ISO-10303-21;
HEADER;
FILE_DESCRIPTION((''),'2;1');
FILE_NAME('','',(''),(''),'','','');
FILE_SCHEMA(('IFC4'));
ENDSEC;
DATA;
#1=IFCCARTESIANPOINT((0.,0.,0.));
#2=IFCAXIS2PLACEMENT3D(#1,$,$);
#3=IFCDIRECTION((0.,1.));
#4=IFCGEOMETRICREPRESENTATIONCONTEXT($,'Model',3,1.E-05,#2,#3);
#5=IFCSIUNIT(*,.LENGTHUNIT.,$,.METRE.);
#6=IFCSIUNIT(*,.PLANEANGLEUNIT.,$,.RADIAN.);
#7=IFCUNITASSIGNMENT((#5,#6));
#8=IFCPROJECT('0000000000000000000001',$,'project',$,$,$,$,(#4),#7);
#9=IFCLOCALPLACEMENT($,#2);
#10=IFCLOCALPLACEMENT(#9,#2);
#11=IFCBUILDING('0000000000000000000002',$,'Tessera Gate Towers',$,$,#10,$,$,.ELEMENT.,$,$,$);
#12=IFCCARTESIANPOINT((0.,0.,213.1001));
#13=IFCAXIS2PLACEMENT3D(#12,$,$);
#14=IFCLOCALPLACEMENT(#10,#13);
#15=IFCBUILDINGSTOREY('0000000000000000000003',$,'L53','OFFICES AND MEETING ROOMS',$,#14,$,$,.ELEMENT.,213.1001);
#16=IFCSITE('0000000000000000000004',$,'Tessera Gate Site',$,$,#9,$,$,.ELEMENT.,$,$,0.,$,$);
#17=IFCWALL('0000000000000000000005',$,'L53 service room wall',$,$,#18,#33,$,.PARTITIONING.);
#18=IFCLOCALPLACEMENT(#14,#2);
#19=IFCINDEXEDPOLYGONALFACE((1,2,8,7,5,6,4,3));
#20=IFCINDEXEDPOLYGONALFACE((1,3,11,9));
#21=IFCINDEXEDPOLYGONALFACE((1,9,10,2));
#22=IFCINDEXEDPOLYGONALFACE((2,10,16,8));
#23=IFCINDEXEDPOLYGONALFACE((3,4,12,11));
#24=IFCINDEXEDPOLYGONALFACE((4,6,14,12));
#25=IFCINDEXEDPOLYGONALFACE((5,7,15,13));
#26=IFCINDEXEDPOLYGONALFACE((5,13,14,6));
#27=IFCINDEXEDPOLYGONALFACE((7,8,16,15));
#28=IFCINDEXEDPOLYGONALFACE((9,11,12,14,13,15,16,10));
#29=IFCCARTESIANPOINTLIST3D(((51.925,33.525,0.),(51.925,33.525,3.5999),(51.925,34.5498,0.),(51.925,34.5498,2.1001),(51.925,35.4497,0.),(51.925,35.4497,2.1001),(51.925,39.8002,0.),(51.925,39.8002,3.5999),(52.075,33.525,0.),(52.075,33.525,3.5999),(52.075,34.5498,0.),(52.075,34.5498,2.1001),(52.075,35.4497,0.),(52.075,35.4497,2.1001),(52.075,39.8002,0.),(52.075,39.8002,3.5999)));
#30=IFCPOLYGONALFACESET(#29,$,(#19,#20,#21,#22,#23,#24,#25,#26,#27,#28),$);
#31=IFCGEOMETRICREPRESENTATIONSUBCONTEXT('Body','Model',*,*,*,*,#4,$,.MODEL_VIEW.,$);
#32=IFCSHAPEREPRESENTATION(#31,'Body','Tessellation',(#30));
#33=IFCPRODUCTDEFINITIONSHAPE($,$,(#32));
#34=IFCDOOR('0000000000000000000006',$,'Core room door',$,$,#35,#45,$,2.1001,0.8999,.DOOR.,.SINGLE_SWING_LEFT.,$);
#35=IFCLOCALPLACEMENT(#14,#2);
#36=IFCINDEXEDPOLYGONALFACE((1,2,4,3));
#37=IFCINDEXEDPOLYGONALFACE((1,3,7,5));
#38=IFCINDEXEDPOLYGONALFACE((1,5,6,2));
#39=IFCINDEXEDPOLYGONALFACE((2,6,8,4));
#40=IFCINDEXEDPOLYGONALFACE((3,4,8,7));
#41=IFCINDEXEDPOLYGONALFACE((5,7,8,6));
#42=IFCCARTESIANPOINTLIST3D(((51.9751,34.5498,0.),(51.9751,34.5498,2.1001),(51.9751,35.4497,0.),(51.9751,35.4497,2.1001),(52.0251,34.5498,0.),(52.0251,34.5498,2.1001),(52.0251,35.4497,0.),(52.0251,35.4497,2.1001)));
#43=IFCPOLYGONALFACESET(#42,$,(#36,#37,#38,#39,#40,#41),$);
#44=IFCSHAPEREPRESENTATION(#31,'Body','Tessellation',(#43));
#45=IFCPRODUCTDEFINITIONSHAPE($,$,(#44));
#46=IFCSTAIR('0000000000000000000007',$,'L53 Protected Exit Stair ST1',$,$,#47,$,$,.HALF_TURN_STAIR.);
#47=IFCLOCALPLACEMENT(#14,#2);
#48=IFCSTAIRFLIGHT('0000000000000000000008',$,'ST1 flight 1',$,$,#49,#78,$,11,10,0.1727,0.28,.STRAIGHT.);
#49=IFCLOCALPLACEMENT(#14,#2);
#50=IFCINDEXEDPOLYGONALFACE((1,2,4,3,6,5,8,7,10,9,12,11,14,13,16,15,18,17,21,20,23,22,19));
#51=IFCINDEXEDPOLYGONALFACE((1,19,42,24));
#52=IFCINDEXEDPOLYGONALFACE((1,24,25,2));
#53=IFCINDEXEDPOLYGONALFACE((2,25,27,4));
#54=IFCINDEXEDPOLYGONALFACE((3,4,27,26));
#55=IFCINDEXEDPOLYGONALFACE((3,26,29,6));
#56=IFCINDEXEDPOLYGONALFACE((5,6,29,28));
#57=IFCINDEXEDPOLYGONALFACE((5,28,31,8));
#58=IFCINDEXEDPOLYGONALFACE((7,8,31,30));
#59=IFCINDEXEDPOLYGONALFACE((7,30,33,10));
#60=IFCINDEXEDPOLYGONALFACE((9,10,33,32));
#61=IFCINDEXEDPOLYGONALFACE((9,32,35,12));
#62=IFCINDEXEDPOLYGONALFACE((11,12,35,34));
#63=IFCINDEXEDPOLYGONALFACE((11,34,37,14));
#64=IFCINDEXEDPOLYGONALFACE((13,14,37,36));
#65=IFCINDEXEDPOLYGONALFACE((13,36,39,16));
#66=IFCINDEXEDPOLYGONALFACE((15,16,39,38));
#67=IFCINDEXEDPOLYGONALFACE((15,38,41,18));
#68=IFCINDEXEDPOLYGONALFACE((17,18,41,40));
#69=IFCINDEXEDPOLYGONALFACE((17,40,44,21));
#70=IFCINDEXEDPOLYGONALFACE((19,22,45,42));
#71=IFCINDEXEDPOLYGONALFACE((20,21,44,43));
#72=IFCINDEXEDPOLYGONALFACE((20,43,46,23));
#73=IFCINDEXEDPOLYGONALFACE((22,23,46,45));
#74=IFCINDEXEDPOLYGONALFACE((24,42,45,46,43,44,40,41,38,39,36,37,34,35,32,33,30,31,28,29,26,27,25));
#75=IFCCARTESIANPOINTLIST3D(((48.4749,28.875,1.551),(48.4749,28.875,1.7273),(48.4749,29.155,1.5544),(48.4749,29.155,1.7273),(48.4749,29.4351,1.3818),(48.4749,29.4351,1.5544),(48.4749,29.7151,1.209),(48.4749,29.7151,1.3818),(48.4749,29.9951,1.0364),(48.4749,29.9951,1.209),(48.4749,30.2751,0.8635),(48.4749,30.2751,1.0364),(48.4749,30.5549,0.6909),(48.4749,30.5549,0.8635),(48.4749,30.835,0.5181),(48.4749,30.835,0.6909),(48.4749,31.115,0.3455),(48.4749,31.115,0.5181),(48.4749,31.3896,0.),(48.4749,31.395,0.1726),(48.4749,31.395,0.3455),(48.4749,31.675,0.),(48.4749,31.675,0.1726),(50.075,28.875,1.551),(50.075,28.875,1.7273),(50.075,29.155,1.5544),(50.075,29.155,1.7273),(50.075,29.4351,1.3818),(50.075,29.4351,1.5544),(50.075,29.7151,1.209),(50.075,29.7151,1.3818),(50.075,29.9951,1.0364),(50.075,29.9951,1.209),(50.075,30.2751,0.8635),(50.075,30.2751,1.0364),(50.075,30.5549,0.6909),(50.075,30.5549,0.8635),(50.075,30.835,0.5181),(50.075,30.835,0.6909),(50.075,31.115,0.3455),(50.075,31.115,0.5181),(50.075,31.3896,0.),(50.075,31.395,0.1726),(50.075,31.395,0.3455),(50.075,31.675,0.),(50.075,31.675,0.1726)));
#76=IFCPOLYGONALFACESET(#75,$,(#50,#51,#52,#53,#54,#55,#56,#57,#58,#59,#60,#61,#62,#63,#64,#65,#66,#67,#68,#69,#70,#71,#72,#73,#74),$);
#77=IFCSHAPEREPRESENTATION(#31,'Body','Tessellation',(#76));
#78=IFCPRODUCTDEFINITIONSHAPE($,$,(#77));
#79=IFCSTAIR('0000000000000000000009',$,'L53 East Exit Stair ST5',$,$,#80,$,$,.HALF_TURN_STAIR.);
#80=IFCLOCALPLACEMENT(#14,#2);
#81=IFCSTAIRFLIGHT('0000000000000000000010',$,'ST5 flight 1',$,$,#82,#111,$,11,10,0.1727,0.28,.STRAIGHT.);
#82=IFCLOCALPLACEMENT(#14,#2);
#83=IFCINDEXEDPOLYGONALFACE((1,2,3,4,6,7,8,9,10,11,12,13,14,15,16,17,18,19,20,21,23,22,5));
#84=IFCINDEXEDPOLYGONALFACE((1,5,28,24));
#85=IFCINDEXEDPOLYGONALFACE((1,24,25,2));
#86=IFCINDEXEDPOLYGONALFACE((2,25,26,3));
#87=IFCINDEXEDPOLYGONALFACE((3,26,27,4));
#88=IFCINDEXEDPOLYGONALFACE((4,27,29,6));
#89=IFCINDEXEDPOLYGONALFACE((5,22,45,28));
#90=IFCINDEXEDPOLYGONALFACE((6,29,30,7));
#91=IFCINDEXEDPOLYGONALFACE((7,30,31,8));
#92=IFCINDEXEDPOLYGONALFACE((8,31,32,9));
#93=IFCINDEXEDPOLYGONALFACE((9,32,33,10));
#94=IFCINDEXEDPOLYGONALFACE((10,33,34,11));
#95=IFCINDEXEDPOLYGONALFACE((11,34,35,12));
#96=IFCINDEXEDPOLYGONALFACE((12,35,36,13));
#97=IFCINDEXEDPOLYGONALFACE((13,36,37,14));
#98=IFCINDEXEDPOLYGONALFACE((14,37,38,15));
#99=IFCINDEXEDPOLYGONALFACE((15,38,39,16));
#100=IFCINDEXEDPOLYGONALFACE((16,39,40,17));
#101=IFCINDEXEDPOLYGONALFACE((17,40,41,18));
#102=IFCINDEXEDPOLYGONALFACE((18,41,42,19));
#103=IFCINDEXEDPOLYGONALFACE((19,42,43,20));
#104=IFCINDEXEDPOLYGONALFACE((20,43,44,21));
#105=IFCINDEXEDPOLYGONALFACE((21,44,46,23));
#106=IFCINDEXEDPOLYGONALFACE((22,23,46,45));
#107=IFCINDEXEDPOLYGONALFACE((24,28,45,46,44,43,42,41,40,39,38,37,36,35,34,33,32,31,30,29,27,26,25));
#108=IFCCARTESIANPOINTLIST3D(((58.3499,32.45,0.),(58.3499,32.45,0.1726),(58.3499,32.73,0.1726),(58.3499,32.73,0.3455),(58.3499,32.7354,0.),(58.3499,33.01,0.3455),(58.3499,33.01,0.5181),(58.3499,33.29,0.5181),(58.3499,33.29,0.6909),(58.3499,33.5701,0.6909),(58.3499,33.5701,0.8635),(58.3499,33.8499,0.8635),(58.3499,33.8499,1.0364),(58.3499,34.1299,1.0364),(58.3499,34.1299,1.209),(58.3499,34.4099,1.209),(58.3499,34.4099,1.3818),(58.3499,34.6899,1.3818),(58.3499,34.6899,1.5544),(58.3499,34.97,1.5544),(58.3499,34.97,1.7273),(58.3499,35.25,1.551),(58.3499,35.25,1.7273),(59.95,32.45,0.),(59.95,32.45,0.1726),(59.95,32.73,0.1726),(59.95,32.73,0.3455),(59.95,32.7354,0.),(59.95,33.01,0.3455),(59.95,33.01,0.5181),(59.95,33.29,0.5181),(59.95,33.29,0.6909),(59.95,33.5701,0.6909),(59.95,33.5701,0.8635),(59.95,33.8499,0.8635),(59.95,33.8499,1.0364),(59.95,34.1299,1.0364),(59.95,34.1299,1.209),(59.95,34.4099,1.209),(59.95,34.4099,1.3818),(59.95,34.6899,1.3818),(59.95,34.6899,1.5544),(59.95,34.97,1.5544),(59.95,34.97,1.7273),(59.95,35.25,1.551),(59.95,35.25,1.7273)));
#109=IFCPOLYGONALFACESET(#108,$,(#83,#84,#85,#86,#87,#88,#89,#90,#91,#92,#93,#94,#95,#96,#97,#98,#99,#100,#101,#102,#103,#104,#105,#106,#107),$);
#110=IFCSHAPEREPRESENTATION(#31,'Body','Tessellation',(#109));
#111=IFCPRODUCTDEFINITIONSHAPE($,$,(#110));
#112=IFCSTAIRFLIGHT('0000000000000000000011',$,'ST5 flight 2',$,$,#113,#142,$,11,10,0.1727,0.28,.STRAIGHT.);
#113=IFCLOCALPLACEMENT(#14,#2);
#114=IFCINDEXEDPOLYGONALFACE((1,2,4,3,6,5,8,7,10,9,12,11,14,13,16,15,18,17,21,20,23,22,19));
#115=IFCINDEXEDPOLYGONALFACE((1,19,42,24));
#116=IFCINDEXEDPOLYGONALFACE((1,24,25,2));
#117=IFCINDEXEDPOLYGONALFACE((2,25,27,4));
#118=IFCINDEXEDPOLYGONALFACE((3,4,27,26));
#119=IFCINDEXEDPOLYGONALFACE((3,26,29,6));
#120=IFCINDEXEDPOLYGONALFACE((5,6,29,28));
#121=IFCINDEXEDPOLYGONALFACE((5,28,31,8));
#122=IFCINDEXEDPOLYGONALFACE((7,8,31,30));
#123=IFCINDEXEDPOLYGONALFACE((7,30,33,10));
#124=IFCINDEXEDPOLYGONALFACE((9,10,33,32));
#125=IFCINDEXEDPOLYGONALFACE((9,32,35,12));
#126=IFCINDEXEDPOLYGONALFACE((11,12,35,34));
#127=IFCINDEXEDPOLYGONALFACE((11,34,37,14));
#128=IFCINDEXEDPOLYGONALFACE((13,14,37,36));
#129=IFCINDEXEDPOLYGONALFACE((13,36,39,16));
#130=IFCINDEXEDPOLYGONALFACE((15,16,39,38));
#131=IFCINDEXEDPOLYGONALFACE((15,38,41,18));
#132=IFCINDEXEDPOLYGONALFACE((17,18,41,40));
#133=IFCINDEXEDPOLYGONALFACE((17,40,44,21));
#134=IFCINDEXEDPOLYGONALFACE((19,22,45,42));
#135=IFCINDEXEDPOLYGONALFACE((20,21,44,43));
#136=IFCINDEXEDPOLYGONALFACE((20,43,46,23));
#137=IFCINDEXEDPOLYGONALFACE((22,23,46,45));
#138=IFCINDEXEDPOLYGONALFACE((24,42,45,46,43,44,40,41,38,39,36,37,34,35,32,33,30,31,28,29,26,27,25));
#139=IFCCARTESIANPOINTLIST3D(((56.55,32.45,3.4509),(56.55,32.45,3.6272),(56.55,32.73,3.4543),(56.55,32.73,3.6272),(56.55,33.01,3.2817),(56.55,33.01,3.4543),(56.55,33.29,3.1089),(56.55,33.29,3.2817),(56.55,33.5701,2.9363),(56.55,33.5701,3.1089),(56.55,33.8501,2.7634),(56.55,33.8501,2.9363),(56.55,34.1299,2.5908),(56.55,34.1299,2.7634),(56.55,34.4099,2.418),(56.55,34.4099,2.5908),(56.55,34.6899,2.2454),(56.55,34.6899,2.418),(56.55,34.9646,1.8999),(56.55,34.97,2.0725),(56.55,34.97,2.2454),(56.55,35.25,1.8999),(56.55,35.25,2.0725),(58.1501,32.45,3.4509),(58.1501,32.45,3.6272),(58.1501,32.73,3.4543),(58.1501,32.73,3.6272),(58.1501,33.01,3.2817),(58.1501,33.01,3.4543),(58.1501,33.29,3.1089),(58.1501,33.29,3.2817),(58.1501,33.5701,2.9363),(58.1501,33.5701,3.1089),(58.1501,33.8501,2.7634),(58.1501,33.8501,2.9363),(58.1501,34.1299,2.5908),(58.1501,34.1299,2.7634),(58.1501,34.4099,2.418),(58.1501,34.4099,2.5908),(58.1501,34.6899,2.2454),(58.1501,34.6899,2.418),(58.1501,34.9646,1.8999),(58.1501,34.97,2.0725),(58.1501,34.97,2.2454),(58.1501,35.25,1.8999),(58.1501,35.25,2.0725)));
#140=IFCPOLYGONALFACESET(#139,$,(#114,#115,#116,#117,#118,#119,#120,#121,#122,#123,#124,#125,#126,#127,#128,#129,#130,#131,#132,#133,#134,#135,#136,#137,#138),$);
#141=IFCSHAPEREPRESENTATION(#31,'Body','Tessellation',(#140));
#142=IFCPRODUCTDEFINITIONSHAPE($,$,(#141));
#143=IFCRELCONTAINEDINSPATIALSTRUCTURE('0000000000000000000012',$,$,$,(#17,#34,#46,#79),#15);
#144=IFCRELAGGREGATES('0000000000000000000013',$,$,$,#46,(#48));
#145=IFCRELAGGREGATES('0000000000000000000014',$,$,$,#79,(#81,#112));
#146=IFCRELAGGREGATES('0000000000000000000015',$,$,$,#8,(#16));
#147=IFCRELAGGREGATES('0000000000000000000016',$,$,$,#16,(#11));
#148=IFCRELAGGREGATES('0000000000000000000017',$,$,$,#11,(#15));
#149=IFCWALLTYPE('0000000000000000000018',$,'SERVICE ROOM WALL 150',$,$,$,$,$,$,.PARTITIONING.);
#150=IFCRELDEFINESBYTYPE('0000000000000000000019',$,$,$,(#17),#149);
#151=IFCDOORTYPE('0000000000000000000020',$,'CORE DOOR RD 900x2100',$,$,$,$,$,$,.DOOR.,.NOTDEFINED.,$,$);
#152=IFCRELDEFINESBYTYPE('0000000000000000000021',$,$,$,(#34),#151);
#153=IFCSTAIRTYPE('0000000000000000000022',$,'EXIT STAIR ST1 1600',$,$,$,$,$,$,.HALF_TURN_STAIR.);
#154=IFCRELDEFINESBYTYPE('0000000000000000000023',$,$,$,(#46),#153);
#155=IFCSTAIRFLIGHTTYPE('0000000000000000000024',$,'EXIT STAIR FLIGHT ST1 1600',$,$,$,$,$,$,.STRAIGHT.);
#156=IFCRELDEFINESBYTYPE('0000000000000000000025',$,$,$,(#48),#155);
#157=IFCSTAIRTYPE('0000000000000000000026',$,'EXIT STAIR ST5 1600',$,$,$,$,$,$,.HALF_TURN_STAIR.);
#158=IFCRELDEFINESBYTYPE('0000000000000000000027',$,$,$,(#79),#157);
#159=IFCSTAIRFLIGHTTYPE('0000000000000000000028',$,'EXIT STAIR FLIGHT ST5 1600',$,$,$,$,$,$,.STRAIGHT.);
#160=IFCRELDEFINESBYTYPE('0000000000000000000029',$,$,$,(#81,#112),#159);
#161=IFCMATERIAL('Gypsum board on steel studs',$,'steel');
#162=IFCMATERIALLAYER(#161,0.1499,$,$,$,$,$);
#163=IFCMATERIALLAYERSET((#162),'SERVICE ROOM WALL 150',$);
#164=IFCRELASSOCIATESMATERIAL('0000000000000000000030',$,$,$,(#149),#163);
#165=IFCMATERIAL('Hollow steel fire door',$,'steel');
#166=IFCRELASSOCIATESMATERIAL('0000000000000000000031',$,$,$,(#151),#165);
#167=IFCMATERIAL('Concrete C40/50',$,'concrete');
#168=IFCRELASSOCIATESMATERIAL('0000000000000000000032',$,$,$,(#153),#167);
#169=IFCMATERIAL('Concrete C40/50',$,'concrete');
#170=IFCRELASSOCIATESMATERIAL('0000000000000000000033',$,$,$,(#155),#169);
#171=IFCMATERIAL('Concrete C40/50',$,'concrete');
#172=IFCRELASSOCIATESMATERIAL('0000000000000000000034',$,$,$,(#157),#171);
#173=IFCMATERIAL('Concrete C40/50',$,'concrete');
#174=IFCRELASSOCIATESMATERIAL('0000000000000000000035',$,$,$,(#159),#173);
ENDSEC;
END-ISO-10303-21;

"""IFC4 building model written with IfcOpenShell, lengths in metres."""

from ifc_helpers import new_model, si_unit, direction, frame, frame_2d, origin, place, context, subcontext, project, spatial, polyline, rectangle, outline, extrude, source, transform, mapped, material, layer, layer_set, type_object, element, fill, aggregate, save


model = new_model("IFC4")

# Units and contexts
model_context = context("Model", 3, precision=1e-05, world=origin(), true_north=direction((0.0, 1.0)))
body_context = subcontext(model_context, "Body", "Model", "MODEL_VIEW")
ifc_project = project(units=[si_unit("LENGTHUNIT", "METRE"), si_unit("PLANEANGLEUNIT", "RADIAN")], contexts=[model_context])

# Site, building, storey
site_placement = place(None, origin())
site = spatial("IfcSite", under=ifc_project, at=site_placement, Name="Tessera Gate Site", CompositionType="ELEMENT", RefElevation=0.0)
building_placement = place(site_placement, origin())
building = spatial("IfcBuilding", under=site, at=building_placement, Name="Tessera Gate Towers", CompositionType="ELEMENT")
storey_placement = place(building_placement, frame((0.0, 0.0, 213.1001)))
storey = spatial("IfcBuildingStorey", under=building, at=storey_placement, Name="L53", Description="OFFICES AND MEETING ROOMS", CompositionType="ELEMENT", Elevation=213.1001)

# Wall, opening, door
shared_shape_1 = source(origin(), body_context, "Body", "SweptSolid", [
    extrude(rectangle(XDim=0.8999, YDim=2.1001, at=frame_2d((0.45, 1.05))), frame((0.0, 0.085, 0.0), z_axis=(0.0, -1.0, 0.0), x_axis=(1.0, 0.0, 0.0)), (0.0, 0.0, 1.0), 0.1699),
])
shared_shape_2 = source(origin(), body_context, "Body", "SweptSolid", [
    extrude(rectangle(XDim=0.8999, YDim=2.1001, at=frame_2d((0.45, 1.05))), frame((0.0, 0.0249, 0.0), z_axis=(0.0, -1.0, 0.0), x_axis=(1.0, 0.0, 0.0)), (0.0, 0.0, 1.0), 0.05),
])
ifc_material_1 = material(Name="Gypsum board on steel studs", Category="steel")
ifc_layer_1 = layer(ifc_material_1, 0.1499)
ifc_layer_set_1 = layer_set([ifc_layer_1], Name="SERVICE ROOM WALL 150")
wall_type_1 = type_object("IfcWallType", Name="SERVICE ROOM WALL 150", PredefinedType="PARTITIONING", material=ifc_layer_set_1)
wall_1_placement = place(storey_placement, frame((52.0, 33.5249, 0.0), z_axis=(0.0, 0.0, 1.0), x_axis=(0.0, 1.0, 0.0)))
wall_1 = element("IfcWall", 1, at=wall_1_placement, inside=storey, type_object=wall_type_1, Name="L53 service room wall", PredefinedType="PARTITIONING", context=body_context, shape_type="SweptSolid", body=[
    extrude(rectangle(XDim=6.2751, YDim=0.1499, at=frame_2d((3.1377, 0.0))), origin(), (0.0, 0.0, 1.0), 3.5999),
])
opening_1_placement = place(wall_1_placement, frame((1.0249, 0.0, 0.0)))
opening_1 = element("IfcOpeningElement", 2, at=opening_1_placement, cuts=wall_1, PredefinedType="OPENING", context=body_context, shape_type="MappedRepresentation", body=[
    mapped(shared_shape_1, transform((0.0, 0.0, 0.0), scale=1.0)),
])
ifc_material_2 = material(Name="Hollow steel fire door", Category="steel")
door_type_1 = type_object("IfcDoorType", Name="CORE DOOR RD 900x2100", OperationType="NOTDEFINED", PredefinedType="DOOR", material=ifc_material_2)
door_1_placement = place(opening_1_placement, origin())
door_1 = element("IfcDoor", 3, at=door_1_placement, inside=storey, type_object=door_type_1, Name="Core room door", OperationType="SINGLE_SWING_LEFT", OverallHeight=2.1001, OverallWidth=0.8999, PredefinedType="DOOR", context=body_context, shape_type="MappedRepresentation", body=[
    mapped(shared_shape_2, transform((0.0, 0.0, 0.0), scale=1.0)),
])
fill(opening_1, door_1)

# Stair, stair flight
ifc_material_3 = material(Name="Concrete C40/50", Category="concrete")
stair_type_1 = type_object("IfcStairType", Name="EXIT STAIR ST1 1600", PredefinedType="HALF_TURN_STAIR", material=ifc_material_3)
stair_1_placement = place(storey_placement, origin())
stair_1 = element("IfcStair", 4, at=stair_1_placement, inside=storey, type_object=stair_type_1, Name="L53 Protected Exit Stair ST1", PredefinedType="HALF_TURN_STAIR")
ifc_material_4 = material(Name="Concrete C40/50", Category="concrete")
stair_flight_type_1 = type_object("IfcStairFlightType", Name="EXIT STAIR FLIGHT ST1 1600", PredefinedType="STRAIGHT", material=ifc_material_4)
stair_flight_1_placement = place(storey_placement, frame((49.2749, 31.675, 0.0), z_axis=(0.0, 0.0, 1.0), x_axis=(0.0, -1.0, 0.0)))
stair_flight_1 = element("IfcStairFlight", 5, at=stair_flight_1_placement, type_object=stair_flight_type_1, Name="ST1 flight 1", NumberOfRisers=11, NumberOfTreads=10, PredefinedType="STRAIGHT", RiserHeight=0.1727, TreadLength=0.28, context=body_context, shape_type="SweptSolid", body=[
    extrude(outline(polyline([(0.0, 0.0), (0.0, 0.1726), (0.28, 0.1726), (0.28, 0.3455), (0.5601, 0.3455), (0.5601, 0.5181), (0.8401, 0.5181), (0.8401, 0.6909), (1.1201, 0.6909), (1.1201, 0.8635), (1.3999, 0.8635), (1.3999, 1.0364), (1.6799, 1.0364), (1.6799, 1.209), (1.96, 1.209), (1.96, 1.3818), (2.24, 1.3818), (2.24, 1.5544), (2.52, 1.5544), (2.52, 1.7273), (2.8, 1.7273), (2.8, 1.8999), (2.8, 1.551), (0.2854, 0.0), (0.0, 0.0)])), frame((0.0, 0.8, 0.0), z_axis=(0.0, -1.0, 0.0), x_axis=(1.0, 0.0, 0.0)), (0.0, 0.0, 1.0), 1.6001),
])
aggregate(stair_1, [stair_flight_1])

# Stair, stair flights
ifc_material_5 = material(Name="Concrete C40/50", Category="concrete")
stair_type_2 = type_object("IfcStairType", Name="EXIT STAIR ST5 1600", PredefinedType="HALF_TURN_STAIR", material=ifc_material_5)
stair_2_placement = place(storey_placement, origin())
stair_2 = element("IfcStair", 6, at=stair_2_placement, inside=storey, type_object=stair_type_2, Name="L53 East Exit Stair ST5", PredefinedType="HALF_TURN_STAIR")
ifc_material_6 = material(Name="Concrete C40/50", Category="concrete")
stair_flight_type_2 = type_object("IfcStairFlightType", Name="EXIT STAIR FLIGHT ST5 1600", PredefinedType="STRAIGHT", material=ifc_material_6)
stair_flight_2_placement = place(storey_placement, frame((59.1499, 32.45, 0.0), z_axis=(0.0, 0.0, 1.0), x_axis=(0.0, 1.0, 0.0)))
stair_flight_2 = element("IfcStairFlight", 7, at=stair_flight_2_placement, type_object=stair_flight_type_2, Name="ST5 flight 1", NumberOfRisers=11, NumberOfTreads=10, PredefinedType="STRAIGHT", RiserHeight=0.1727, TreadLength=0.28, context=body_context, shape_type="SweptSolid", body=[
    extrude(outline(polyline([(0.0, 0.0), (0.0, 0.1726), (0.28, 0.1726), (0.28, 0.3455), (0.5601, 0.3455), (0.5601, 0.5181), (0.8401, 0.5181), (0.8401, 0.6909), (1.1201, 0.6909), (1.1201, 0.8635), (1.3999, 0.8635), (1.3999, 1.0364), (1.6799, 1.0364), (1.6799, 1.209), (1.96, 1.209), (1.96, 1.3818), (2.24, 1.3818), (2.24, 1.5544), (2.52, 1.5544), (2.52, 1.7273), (2.8, 1.7273), (2.8, 1.8999), (2.8, 1.551), (0.2854, 0.0), (0.0, 0.0)])), frame((0.0, 0.8, 0.0), z_axis=(0.0, -1.0, 0.0), x_axis=(1.0, 0.0, 0.0)), (0.0, 0.0, 1.0), 1.6001),
])
stair_flight_3_placement = place(storey_placement, frame((57.3501, 35.25, 1.8999), z_axis=(0.0, 0.0, 1.0), x_axis=(0.0, -1.0, 0.0)))
stair_flight_3 = element("IfcStairFlight", 8, at=stair_flight_3_placement, type_object=stair_flight_type_2, Name="ST5 flight 2", NumberOfRisers=11, NumberOfTreads=10, PredefinedType="STRAIGHT", RiserHeight=0.1727, TreadLength=0.28, context=body_context, shape_type="SweptSolid", body=[
    extrude(outline(polyline([(0.0, 0.0), (0.0, 0.1726), (0.28, 0.1726), (0.28, 0.3455), (0.5601, 0.3455), (0.5601, 0.5181), (0.8401, 0.5181), (0.8401, 0.6909), (1.1201, 0.6909), (1.1201, 0.8635), (1.3999, 0.8635), (1.3999, 1.0364), (1.6799, 1.0364), (1.6799, 1.209), (1.96, 1.209), (1.96, 1.3818), (2.24, 1.3818), (2.24, 1.5544), (2.52, 1.5544), (2.52, 1.7273), (2.8, 1.7273), (2.8, 1.8999), (2.8, 1.551), (0.2854, 0.0), (0.0, 0.0)])), frame((0.0, 0.8, 0.0), z_axis=(0.0, -1.0, 0.0), x_axis=(1.0, 0.0, 0.0)), (0.0, 0.0, 1.0), 1.6001),
])
aggregate(stair_2, [stair_flight_2, stair_flight_3])

save(model, "model.ifc")
